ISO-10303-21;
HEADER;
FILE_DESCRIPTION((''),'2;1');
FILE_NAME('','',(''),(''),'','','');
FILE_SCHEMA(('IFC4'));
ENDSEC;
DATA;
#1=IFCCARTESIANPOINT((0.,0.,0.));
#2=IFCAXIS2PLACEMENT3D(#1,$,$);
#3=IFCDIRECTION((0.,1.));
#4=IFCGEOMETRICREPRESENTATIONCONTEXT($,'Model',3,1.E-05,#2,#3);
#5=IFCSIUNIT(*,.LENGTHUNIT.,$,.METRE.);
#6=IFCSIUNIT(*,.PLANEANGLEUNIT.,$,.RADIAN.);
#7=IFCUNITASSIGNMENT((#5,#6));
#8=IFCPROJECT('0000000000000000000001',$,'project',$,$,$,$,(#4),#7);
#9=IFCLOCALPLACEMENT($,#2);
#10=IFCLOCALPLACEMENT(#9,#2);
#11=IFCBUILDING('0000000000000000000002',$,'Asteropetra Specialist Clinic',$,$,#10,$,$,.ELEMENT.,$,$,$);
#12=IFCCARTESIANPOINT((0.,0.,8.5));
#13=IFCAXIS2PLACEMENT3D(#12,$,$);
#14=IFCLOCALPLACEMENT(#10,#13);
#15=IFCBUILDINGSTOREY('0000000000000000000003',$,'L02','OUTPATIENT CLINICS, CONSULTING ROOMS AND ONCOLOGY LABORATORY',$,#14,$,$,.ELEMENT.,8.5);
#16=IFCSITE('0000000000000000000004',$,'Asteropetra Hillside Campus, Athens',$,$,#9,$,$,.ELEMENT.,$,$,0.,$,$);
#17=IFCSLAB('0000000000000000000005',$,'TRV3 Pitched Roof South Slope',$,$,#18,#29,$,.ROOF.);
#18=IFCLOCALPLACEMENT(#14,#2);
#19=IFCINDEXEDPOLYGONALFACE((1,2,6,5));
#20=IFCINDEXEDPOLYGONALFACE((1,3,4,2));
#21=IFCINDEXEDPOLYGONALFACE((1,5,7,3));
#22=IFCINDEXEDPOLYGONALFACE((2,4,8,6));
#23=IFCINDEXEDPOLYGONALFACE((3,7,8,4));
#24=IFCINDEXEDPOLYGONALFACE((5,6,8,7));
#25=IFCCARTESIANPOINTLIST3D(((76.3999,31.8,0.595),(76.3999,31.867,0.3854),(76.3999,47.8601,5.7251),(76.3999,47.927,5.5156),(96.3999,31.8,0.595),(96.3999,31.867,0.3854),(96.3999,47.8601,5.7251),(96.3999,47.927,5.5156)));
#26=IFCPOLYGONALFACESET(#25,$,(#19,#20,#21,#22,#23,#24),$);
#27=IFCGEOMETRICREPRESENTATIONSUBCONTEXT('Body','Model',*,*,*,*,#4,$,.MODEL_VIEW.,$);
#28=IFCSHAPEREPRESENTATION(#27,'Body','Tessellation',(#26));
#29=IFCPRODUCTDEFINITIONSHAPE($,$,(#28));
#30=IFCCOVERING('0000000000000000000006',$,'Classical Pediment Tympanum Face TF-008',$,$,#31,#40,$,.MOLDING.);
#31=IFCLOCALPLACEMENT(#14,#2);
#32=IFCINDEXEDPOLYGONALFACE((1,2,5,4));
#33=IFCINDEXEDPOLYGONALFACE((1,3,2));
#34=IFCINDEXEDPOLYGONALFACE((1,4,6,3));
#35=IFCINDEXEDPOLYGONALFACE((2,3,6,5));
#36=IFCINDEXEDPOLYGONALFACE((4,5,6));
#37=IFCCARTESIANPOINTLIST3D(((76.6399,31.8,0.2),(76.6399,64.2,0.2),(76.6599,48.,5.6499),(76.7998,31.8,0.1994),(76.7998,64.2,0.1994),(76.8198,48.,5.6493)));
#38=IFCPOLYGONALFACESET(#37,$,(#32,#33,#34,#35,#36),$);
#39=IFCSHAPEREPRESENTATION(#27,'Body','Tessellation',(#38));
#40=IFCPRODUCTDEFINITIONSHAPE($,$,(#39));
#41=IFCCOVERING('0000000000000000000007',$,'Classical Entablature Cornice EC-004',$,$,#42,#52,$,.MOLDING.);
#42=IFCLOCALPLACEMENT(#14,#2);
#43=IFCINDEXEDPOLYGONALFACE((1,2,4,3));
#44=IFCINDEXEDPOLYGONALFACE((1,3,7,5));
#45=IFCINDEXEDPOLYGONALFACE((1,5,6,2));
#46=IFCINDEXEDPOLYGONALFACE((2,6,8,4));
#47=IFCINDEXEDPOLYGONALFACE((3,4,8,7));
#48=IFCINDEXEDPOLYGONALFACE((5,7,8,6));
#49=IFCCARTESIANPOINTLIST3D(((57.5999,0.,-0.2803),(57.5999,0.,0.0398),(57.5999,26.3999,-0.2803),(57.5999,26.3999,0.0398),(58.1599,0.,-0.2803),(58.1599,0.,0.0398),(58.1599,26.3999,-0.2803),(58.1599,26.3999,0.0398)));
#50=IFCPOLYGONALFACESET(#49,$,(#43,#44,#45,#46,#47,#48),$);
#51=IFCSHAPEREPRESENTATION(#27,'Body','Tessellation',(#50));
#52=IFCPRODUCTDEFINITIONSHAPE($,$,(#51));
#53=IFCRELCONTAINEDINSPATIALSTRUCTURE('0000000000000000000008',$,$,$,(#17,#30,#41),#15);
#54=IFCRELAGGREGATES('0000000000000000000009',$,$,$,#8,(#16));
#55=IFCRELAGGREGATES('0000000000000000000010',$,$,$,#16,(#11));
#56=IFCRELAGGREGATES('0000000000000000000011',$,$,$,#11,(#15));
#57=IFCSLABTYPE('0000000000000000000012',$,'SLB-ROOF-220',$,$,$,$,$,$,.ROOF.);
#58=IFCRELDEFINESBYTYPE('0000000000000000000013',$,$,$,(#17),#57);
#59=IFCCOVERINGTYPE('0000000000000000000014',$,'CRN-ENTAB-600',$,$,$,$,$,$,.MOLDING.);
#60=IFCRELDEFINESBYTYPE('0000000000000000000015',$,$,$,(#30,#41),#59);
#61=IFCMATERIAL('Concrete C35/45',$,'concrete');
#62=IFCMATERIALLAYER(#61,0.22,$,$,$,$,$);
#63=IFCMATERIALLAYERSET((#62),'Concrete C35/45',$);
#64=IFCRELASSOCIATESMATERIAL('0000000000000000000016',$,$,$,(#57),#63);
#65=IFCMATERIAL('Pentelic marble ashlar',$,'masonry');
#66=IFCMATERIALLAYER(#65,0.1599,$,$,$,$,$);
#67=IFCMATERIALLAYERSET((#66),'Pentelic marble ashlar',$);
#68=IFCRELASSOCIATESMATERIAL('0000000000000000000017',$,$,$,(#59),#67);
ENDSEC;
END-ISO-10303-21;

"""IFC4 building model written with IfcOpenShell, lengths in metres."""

from ifc_helpers import new_model, si_unit, direction, frame, origin, origin_2d, place, context, subcontext, project, spatial, polyline, rectangle, outline, extrude, material, layer, layer_set, type_object, element, save


model = new_model("IFC4")

# Units and contexts
model_context = context("Model", 3, precision=1e-05, world=origin(), true_north=direction((0.0, 1.0)))
body_context = subcontext(model_context, "Body", "Model", "MODEL_VIEW")
ifc_project = project(units=[si_unit("LENGTHUNIT", "METRE"), si_unit("PLANEANGLEUNIT", "RADIAN")], contexts=[model_context])

# Site, building, storey
site_placement = place(None, origin())
site = spatial("IfcSite", under=ifc_project, at=site_placement, Name="Asteropetra Hillside Campus, Athens", CompositionType="ELEMENT", RefElevation=0.0)
building_placement = place(site_placement, origin())
building = spatial("IfcBuilding", under=site, at=building_placement, Name="Asteropetra Specialist Clinic", CompositionType="ELEMENT")
storey_placement = place(building_placement, frame((0.0, 0.0, 8.5)))
storey = spatial("IfcBuildingStorey", under=building, at=storey_placement, Name="L02", Description="OUTPATIENT CLINICS, CONSULTING ROOMS AND ONCOLOGY LABORATORY", CompositionType="ELEMENT", Elevation=8.5)

# Slab
ifc_material_1 = material(Name="Concrete C35/45", Category="concrete")
ifc_layer_1 = layer(ifc_material_1, 0.22)
ifc_layer_set_1 = layer_set([ifc_layer_1], Name="Concrete C35/45")
slab_type = type_object("IfcSlabType", Name="SLB-ROOF-220", PredefinedType="ROOF", material=ifc_layer_set_1)
slab_placement = place(storey_placement, frame((76.3999, 31.8, 0.595), z_axis=(0.0, -0.304287, 0.952581), x_axis=(1.0, 0.0, 0.0)))
element("IfcSlab", 1, at=slab_placement, inside=storey, type_object=slab_type, Name="TRV3 Pitched Roof South Slope", PredefinedType="ROOF", context=body_context, shape_type="SweptSolid", body=[
    extrude(outline(polyline([(0.0, 0.0), (20.0, 0.0), (20.0, 16.8595), (0.0, 16.8595), (0.0, 0.0)])), origin(), (0.0, 0.0, -1.0), 0.22),
])

# Coverings
ifc_material_2 = material(Name="Pentelic marble ashlar", Category="masonry")
ifc_layer_2 = layer(ifc_material_2, 0.1599)
ifc_layer_set_2 = layer_set([ifc_layer_2], Name="Pentelic marble ashlar")
covering_type = type_object("IfcCoveringType", Name="CRN-ENTAB-600", PredefinedType="MOLDING", material=ifc_layer_set_2)
covering_1_placement = place(storey_placement, frame((76.6399, 31.8, 0.2), z_axis=(-0.999993, 0.0, 0.003673), x_axis=(0.0, 1.0, 0.0)))
element("IfcCovering", 2, at=covering_1_placement, inside=storey, type_object=covering_type, Name="Classical Pediment Tympanum Face TF-008", PredefinedType="MOLDING", context=body_context, shape_type="SweptSolid", body=[
    extrude(outline(polyline([(0.0, 0.0), (32.3999, 0.0), (16.2, -5.45), (0.0, 0.0)])), origin(), (0.0, 0.0, -1.0), 0.1599),
])
covering_2_placement = place(storey_placement, frame((57.8799, 13.2, -0.2803), z_axis=(0.0, 0.0, 1.0), x_axis=(1.0, 0.0, 0.0)))
element("IfcCovering", 3, at=covering_2_placement, inside=storey, type_object=covering_type, Name="Classical Entablature Cornice EC-004", PredefinedType="MOLDING", context=body_context, shape_type="SweptSolid", body=[
    extrude(rectangle(XDim=0.5601, YDim=26.3999, at=origin_2d()), origin(), (0.0, 0.0, 1.0), 0.3201),
])

save(model, "model.ifc")
